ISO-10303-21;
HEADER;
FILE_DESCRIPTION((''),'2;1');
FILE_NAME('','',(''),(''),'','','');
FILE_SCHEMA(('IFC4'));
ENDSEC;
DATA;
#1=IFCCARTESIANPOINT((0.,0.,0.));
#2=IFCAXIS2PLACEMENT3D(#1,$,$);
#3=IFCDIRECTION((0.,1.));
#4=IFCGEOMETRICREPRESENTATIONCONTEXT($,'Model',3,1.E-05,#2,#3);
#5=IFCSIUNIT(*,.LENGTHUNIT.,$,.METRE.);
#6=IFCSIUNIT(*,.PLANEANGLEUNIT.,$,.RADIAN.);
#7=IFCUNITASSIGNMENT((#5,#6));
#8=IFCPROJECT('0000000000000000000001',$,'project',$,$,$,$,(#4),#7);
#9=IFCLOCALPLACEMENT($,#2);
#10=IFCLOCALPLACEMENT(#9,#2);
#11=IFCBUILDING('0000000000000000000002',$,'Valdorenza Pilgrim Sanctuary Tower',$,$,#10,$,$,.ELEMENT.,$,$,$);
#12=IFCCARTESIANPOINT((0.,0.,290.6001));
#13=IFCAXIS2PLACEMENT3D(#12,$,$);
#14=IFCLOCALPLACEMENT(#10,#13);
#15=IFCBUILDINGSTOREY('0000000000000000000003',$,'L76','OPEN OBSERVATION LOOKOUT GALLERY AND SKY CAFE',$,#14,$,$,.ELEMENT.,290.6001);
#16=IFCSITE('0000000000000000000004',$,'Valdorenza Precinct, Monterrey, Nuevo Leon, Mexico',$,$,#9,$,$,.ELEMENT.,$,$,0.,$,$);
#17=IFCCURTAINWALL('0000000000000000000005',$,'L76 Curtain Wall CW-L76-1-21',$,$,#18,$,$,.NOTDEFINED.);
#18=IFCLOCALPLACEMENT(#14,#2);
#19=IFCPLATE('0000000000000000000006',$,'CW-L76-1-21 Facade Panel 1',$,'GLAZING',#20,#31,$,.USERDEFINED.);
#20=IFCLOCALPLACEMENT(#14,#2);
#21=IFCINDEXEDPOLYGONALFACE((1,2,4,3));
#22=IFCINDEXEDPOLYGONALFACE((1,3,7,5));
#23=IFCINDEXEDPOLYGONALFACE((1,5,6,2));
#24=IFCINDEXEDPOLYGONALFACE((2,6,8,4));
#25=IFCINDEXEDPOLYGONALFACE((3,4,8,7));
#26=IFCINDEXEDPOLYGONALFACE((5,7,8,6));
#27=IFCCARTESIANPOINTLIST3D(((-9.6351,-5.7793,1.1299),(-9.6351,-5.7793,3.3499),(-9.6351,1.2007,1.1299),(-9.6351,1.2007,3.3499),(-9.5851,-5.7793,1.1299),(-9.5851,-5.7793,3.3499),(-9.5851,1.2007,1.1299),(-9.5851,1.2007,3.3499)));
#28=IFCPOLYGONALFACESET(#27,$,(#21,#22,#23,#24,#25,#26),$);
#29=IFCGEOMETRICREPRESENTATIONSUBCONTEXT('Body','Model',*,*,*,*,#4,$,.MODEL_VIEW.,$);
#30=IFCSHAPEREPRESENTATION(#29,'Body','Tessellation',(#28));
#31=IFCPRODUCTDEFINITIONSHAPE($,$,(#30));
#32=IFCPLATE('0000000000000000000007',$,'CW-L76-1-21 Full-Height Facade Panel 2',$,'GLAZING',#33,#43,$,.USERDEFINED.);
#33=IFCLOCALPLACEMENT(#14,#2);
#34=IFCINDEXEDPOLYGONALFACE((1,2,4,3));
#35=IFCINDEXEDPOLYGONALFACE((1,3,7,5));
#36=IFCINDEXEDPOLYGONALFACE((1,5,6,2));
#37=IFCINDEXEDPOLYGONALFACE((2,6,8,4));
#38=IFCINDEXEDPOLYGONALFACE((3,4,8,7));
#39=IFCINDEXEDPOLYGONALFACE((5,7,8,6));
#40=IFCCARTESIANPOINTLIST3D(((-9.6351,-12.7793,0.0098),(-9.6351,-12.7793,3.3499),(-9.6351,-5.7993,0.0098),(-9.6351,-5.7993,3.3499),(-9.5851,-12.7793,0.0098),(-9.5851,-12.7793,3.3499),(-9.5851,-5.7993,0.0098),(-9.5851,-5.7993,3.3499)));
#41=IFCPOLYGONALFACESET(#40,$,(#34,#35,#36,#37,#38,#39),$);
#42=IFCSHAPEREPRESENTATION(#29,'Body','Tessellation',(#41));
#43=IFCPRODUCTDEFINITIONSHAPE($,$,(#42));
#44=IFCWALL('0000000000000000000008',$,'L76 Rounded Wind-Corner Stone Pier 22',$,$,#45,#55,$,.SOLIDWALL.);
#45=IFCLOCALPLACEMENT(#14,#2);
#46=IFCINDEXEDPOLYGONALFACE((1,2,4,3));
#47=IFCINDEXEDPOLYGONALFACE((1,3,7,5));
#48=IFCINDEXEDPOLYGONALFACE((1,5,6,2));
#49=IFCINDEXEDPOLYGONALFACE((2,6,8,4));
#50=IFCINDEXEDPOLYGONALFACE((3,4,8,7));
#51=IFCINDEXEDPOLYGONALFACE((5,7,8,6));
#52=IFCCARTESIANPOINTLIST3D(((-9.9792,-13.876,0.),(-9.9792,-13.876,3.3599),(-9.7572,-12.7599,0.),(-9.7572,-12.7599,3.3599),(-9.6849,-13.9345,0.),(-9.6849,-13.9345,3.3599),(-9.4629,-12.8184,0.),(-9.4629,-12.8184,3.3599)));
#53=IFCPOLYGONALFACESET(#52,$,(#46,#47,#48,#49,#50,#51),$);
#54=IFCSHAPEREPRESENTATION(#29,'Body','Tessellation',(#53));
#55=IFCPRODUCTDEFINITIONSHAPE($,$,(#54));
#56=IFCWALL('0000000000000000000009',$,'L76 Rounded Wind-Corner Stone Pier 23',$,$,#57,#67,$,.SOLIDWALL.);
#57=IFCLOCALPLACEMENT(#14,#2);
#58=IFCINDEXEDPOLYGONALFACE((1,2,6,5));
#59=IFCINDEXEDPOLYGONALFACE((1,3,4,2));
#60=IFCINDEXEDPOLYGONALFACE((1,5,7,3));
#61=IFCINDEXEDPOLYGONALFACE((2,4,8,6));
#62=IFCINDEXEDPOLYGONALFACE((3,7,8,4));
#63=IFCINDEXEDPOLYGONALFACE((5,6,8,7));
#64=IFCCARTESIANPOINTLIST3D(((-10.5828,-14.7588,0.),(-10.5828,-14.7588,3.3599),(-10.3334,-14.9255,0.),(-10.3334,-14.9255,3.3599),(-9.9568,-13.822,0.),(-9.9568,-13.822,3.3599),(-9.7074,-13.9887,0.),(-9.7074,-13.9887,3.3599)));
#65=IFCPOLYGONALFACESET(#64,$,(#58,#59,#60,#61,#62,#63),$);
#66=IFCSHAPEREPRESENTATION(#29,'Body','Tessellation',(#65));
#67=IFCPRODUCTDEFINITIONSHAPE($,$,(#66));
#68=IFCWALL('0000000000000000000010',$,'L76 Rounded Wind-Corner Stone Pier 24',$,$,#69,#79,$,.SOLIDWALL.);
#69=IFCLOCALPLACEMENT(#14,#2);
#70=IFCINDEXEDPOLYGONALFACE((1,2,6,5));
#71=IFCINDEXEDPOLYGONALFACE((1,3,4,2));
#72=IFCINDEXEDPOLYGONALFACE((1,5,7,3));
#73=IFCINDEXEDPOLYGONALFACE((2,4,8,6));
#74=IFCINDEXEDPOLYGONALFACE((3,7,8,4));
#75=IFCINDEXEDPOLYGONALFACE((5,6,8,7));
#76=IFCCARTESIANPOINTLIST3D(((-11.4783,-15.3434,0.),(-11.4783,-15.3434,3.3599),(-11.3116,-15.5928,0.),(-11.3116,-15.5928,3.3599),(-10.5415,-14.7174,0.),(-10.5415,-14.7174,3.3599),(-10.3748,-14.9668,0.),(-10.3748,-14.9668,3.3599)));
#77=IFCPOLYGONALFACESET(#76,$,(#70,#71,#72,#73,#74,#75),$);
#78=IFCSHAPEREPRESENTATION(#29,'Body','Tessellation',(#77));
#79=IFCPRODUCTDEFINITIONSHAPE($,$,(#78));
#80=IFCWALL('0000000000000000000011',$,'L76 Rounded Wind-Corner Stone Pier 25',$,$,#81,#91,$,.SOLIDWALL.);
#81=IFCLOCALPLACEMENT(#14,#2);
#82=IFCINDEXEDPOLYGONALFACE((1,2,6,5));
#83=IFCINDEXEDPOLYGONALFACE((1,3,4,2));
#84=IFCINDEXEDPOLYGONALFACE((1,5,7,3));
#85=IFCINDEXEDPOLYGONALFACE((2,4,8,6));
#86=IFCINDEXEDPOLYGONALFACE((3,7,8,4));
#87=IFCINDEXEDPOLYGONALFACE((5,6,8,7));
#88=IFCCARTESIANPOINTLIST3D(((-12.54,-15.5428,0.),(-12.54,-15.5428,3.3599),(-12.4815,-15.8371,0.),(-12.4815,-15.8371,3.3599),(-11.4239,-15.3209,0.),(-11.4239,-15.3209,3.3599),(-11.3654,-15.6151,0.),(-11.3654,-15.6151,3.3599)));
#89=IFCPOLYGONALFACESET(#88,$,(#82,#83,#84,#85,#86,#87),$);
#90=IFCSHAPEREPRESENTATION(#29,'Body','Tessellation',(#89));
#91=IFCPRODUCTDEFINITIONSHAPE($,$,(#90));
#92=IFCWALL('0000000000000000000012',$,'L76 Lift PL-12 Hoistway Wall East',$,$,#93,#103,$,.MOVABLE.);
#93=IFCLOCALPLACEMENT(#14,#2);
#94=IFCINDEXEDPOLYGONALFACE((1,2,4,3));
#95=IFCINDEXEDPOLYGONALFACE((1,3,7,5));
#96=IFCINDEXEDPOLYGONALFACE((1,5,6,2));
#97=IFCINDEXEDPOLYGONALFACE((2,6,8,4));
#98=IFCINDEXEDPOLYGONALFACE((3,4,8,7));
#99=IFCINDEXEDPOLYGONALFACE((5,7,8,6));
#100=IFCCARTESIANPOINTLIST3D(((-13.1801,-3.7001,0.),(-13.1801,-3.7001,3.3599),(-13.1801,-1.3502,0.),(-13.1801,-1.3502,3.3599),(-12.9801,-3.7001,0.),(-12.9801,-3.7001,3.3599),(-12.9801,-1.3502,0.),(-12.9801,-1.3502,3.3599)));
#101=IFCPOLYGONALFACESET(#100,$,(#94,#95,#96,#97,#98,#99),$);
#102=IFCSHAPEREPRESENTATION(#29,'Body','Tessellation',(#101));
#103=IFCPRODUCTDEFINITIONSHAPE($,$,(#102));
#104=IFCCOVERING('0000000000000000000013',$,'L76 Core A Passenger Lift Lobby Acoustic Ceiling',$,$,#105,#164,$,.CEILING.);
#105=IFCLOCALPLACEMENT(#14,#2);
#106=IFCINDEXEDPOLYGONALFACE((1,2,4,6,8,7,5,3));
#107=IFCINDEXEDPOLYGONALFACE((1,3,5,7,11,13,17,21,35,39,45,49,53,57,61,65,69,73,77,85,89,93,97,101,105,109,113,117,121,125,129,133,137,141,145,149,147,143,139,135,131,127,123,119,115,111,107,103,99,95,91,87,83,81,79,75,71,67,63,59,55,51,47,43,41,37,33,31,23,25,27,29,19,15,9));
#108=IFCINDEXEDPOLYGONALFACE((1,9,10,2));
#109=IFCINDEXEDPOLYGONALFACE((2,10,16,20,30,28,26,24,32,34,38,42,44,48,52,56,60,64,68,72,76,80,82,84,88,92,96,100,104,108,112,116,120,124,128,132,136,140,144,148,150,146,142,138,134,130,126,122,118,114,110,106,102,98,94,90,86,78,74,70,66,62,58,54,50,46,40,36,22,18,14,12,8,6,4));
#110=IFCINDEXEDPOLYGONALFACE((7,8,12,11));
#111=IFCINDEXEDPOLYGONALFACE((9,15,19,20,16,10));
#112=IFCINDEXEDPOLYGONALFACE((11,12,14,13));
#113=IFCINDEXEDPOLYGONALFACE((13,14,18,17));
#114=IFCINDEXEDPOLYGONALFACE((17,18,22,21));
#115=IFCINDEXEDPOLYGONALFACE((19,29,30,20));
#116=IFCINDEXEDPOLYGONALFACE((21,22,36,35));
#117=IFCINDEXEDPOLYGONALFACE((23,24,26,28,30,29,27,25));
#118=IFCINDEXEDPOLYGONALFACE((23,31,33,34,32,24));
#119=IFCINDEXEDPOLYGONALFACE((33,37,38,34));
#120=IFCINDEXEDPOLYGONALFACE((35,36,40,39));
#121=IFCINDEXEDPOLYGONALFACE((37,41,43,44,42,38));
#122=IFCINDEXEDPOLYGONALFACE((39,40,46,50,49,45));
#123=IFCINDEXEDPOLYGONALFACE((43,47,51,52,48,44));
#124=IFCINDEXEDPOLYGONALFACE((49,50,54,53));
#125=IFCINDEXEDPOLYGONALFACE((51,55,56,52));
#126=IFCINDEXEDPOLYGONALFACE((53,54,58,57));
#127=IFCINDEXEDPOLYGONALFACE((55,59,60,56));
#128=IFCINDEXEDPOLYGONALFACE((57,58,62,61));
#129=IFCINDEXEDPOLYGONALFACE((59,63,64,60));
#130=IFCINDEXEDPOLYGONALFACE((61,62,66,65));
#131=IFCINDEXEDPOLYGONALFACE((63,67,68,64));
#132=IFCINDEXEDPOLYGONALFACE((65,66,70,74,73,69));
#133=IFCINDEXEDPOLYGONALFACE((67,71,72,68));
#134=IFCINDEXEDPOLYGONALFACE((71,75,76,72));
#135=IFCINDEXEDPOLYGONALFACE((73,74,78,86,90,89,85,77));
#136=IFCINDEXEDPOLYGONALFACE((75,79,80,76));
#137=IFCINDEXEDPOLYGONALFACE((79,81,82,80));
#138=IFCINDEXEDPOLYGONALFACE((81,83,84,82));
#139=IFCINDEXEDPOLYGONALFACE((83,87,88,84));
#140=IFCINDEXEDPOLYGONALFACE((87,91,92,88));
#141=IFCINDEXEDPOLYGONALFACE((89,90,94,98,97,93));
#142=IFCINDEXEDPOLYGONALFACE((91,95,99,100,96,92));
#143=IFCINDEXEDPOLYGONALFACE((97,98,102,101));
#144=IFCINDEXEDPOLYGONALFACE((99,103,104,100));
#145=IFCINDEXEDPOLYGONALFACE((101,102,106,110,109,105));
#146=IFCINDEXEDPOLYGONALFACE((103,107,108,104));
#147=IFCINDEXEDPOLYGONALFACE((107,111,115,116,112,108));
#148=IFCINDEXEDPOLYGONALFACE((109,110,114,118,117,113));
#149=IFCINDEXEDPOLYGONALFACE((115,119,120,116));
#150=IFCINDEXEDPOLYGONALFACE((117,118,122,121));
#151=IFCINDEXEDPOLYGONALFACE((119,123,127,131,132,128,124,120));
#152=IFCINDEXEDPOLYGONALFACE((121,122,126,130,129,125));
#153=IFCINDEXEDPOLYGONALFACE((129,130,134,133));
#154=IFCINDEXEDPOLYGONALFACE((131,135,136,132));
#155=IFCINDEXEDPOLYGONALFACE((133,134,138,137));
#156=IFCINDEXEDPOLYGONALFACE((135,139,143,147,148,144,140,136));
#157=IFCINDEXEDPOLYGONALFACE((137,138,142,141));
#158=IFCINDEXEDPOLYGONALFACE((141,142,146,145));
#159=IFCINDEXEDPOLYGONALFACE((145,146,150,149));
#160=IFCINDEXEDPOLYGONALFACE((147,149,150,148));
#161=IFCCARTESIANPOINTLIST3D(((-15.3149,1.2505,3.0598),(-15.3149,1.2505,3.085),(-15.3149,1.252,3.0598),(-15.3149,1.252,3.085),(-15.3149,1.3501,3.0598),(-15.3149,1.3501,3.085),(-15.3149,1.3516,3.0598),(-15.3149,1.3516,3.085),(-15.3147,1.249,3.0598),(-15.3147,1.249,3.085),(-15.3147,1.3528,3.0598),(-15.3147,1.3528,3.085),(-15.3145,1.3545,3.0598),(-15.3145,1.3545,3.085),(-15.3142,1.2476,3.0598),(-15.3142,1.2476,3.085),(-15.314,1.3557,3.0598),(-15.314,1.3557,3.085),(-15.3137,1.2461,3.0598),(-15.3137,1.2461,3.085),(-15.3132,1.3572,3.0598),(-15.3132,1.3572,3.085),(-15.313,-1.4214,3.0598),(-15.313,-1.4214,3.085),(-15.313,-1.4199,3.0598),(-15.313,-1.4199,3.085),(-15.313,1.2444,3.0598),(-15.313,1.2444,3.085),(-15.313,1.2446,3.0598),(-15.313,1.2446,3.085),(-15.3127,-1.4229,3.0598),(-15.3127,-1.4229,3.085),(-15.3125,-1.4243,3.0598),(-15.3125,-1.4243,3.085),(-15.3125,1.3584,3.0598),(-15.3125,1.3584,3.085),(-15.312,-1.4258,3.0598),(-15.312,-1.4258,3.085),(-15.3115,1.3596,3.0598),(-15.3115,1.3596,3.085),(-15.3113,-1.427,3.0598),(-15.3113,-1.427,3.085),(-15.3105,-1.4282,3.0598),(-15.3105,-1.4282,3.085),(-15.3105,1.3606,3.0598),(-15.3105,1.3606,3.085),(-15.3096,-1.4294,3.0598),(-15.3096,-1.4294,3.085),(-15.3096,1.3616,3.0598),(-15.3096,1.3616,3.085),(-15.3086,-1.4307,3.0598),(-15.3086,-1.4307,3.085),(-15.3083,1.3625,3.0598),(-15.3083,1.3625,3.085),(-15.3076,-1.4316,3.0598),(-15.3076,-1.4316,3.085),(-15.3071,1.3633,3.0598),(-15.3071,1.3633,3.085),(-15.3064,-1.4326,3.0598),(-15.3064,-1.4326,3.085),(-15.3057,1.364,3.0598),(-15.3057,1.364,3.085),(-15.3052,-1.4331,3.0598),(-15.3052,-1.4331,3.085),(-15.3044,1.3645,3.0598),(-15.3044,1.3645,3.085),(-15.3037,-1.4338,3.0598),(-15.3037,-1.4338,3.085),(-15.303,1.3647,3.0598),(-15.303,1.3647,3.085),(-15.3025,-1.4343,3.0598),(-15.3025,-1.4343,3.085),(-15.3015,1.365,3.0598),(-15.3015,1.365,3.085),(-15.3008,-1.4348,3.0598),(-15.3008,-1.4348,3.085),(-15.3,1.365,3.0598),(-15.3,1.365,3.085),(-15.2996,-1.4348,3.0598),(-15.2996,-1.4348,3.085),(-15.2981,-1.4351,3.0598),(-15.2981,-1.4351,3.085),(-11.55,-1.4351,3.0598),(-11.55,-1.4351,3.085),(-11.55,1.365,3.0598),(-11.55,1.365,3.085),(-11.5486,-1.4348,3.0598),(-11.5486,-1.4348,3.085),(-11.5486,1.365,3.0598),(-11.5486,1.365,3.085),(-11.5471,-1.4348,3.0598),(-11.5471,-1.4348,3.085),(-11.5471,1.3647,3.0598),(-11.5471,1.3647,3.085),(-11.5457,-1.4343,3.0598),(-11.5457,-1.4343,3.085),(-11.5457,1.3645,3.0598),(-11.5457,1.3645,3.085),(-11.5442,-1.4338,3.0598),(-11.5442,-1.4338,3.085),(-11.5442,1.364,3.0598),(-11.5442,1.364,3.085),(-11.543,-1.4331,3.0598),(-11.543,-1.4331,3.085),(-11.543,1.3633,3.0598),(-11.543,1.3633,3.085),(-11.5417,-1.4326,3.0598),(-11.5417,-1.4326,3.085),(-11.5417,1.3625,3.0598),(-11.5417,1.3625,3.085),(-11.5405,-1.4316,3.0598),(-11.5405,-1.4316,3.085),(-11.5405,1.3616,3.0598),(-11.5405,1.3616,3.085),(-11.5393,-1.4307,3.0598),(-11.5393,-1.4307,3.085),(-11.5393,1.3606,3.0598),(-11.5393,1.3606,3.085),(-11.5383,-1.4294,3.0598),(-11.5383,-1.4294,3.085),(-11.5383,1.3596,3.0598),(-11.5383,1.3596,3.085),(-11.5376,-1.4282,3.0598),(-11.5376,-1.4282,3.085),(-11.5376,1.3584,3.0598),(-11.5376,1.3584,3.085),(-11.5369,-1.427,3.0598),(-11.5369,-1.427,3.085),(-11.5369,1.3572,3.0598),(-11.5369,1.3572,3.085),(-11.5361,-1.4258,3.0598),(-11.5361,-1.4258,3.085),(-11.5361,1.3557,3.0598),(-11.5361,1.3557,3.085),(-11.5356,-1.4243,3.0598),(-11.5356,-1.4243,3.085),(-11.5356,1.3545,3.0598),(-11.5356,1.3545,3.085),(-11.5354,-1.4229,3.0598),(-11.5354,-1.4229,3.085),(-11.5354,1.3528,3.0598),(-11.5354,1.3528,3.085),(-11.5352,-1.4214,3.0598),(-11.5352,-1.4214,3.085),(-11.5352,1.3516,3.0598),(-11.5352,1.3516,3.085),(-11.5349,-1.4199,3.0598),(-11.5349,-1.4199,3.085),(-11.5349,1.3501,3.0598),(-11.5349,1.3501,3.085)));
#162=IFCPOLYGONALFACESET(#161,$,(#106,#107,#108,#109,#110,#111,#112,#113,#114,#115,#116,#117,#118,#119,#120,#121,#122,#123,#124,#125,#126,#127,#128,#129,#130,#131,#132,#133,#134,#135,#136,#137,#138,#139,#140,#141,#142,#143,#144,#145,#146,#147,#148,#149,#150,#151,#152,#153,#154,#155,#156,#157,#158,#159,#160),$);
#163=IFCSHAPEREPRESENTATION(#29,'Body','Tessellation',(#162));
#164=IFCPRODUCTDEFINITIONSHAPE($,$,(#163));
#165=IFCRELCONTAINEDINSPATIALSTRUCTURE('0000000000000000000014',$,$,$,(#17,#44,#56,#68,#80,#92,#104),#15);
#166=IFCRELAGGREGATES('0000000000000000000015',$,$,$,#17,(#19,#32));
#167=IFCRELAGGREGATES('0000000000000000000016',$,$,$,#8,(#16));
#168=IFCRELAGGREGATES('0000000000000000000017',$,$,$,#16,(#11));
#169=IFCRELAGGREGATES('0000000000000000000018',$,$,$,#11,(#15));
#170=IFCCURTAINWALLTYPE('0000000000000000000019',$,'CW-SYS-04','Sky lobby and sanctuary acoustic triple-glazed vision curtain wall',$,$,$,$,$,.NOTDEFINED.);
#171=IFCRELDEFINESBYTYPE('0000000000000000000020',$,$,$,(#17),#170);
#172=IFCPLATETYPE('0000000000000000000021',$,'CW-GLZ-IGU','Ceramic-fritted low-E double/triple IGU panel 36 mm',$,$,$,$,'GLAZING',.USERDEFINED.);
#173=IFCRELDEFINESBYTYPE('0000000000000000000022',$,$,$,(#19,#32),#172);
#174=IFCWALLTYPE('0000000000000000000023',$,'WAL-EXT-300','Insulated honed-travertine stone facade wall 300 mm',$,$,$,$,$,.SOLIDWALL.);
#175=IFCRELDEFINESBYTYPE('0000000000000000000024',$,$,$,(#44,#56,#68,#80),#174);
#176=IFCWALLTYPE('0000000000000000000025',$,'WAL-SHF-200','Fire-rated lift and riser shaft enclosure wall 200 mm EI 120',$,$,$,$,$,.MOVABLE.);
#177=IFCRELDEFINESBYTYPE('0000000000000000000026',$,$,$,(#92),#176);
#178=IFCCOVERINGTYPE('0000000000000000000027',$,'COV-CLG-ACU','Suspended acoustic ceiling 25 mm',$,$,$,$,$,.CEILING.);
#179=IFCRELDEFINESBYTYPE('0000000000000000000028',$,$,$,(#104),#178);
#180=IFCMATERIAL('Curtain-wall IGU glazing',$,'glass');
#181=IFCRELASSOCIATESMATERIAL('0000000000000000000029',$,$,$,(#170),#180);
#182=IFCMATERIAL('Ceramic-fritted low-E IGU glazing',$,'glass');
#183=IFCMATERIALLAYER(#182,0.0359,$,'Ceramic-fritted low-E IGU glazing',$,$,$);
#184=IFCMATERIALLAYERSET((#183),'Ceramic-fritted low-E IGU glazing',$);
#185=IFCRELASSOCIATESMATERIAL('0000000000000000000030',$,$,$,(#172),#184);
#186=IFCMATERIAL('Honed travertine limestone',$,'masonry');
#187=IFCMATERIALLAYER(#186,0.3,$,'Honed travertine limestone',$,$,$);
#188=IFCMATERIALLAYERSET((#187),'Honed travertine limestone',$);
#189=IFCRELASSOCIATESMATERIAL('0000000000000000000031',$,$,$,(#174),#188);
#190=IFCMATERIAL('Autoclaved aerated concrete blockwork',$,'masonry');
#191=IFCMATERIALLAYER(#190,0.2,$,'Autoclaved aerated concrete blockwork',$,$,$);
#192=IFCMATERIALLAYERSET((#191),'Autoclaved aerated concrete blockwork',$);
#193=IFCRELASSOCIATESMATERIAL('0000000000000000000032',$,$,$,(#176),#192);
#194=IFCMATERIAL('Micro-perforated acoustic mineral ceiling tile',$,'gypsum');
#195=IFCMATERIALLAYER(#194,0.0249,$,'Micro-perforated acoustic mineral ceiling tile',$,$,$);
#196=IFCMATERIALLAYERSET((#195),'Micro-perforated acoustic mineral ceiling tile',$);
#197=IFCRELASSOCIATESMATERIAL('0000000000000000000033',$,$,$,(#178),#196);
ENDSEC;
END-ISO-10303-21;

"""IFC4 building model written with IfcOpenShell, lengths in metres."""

from ifc_helpers import new_model, si_unit, direction, frame, frame_2d, origin, origin_2d, place, context, subcontext, project, spatial, polyline, rectangle, outline, extrude, source, transform, mapped, material, layer, layer_set, type_object, element, aggregate, save


model = new_model("IFC4")

# Units and contexts
model_context = context("Model", 3, precision=1e-05, world=origin(), true_north=direction((0.0, 1.0)))
body_context = subcontext(model_context, "Body", "Model", "MODEL_VIEW")
ifc_project = project(units=[si_unit("LENGTHUNIT", "METRE"), si_unit("PLANEANGLEUNIT", "RADIAN")], contexts=[model_context])

# Site, building, storey
site_placement = place(None, origin())
site = spatial("IfcSite", under=ifc_project, at=site_placement, Name="Valdorenza Precinct, Monterrey, Nuevo Leon, Mexico", CompositionType="ELEMENT", RefElevation=0.0)
building_placement = place(site_placement, origin())
building = spatial("IfcBuilding", under=site, at=building_placement, Name="Valdorenza Pilgrim Sanctuary Tower", CompositionType="ELEMENT")
storey_placement = place(building_placement, frame((0.0, 0.0, 290.6001)))
storey = spatial("IfcBuildingStorey", under=building, at=storey_placement, Name="L76", Description="OPEN OBSERVATION LOOKOUT GALLERY AND SKY CAFE", CompositionType="ELEMENT", Elevation=290.6001)

# Curtain wall
ifc_material_1 = material(Name="Curtain-wall IGU glazing", Category="glass")
curtain_wall_type = type_object("IfcCurtainWallType", Name="CW-SYS-04", Description="Sky lobby and sanctuary acoustic triple-glazed vision curtain wall", PredefinedType="NOTDEFINED", material=ifc_material_1)
curtain_wall_1_placement = place(storey_placement, origin())
curtain_wall_1 = element("IfcCurtainWall", 1, at=curtain_wall_1_placement, inside=storey, type_object=curtain_wall_type, Name="L76 Curtain Wall CW-L76-1-21", PredefinedType="NOTDEFINED")

# Plates
ifc_material_2 = material(Name="Honed travertine limestone", Category="masonry")
ifc_material_3 = material(Name="Ceramic-fritted low-E IGU glazing", Category="glass")
ifc_layer_1 = layer(ifc_material_3, 0.0359, Name="Ceramic-fritted low-E IGU glazing")
ifc_layer_set_1 = layer_set([ifc_layer_1], Name="Ceramic-fritted low-E IGU glazing")
plate_type_1 = type_object("IfcPlateType", Name="CW-GLZ-IGU", Description="Ceramic-fritted low-E double/triple IGU panel 36 mm", ElementType="GLAZING", PredefinedType="USERDEFINED", material=ifc_layer_set_1)
shared_shape_1 = source(origin(), body_context, "Body", "SweptSolid", [
    extrude(rectangle(XDim=6.98, YDim=0.05, at=origin_2d()), origin(), (0.0, 0.0, 1.0), 2.22),
])
plate_1_placement = place(storey_placement, frame((-9.6101, -2.2893, 1.1299), z_axis=(0.0, 0.0, 1.0), x_axis=(0.0, -1.0, 0.0)))
plate_1 = element("IfcPlate", 2, at=plate_1_placement, type_object=plate_type_1, Name="CW-L76-1-21 Facade Panel 1", ObjectType="GLAZING", PredefinedType="USERDEFINED", context=body_context, shape_type="MappedRepresentation", body=[
    mapped(shared_shape_1, transform((0.0, 0.0, 0.0), x_axis=(1.0, 0.0, 0.0), y_axis=(0.0, 1.0, 0.0), z_axis=(0.0, 0.0, 1.0), scale=1.0)),
])
shared_shape_2 = source(origin(), body_context, "Body", "SweptSolid", [
    extrude(rectangle(XDim=6.98, YDim=0.05, at=origin_2d()), origin(), (0.0, 0.0, 1.0), 3.3401),
])
plate_2_placement = place(storey_placement, frame((-9.6101, -9.2893, 0.0098), z_axis=(0.0, 0.0, 1.0), x_axis=(0.0, -1.0, 0.0)))
plate_2 = element("IfcPlate", 3, at=plate_2_placement, type_object=plate_type_1, Name="CW-L76-1-21 Full-Height Facade Panel 2", ObjectType="GLAZING", PredefinedType="USERDEFINED", context=body_context, shape_type="MappedRepresentation", body=[
    mapped(shared_shape_2, transform((0.0, 0.0, 0.0), x_axis=(1.0, 0.0, 0.0), y_axis=(0.0, 1.0, 0.0), z_axis=(0.0, 0.0, 1.0), scale=1.0)),
])
aggregate(curtain_wall_1, [plate_1, plate_2])

# Walls
ifc_layer_2 = layer(ifc_material_2, 0.3, Name="Honed travertine limestone")
ifc_layer_set_2 = layer_set([ifc_layer_2], Name="Honed travertine limestone")
wall_type_1 = type_object("IfcWallType", Name="WAL-EXT-300", Description="Insulated honed-travertine stone facade wall 300 mm", PredefinedType="SOLIDWALL", material=ifc_layer_set_2)
wall_1_placement = place(storey_placement, frame((-9.6101, -12.7893, 0.0), z_axis=(0.0, 0.0, 1.0), x_axis=(-0.195043, -0.980795, 0.0)))
element("IfcWall", 4, at=wall_1_placement, inside=storey, type_object=wall_type_1, Name="L76 Rounded Wind-Corner Stone Pier 22", PredefinedType="SOLIDWALL", context=body_context, shape_type="SweptSolid", body=[
    extrude(rectangle(XDim=1.1379, YDim=0.3, at=frame_2d((0.5688, 0.0))), origin(), (0.0, 0.0, 1.0), 3.3599),
])
for number, where, z_axis, x_axis, name in (
    (5, (-9.832, -13.9053, 0.0), (0.0, 0.0, 1.0), (-0.5556, -0.83145, 0.0), "L76 Rounded Wind-Corner Stone Pier 23"),
    (6, (-10.458, -14.842, 0.0), (0.0, 0.0, 1.0), (-0.83145, -0.5556, 0.0), "L76 Rounded Wind-Corner Stone Pier 24"),
):
    element("IfcWall", number, at=place(storey_placement, frame(where, z_axis=z_axis, x_axis=x_axis)), inside=storey, type_object=wall_type_1, Name=name, PredefinedType="SOLIDWALL", context=body_context, shape_type="SweptSolid", body=[
        extrude(rectangle(XDim=1.1267, YDim=0.3, at=frame_2d((0.5635, 0.0))), origin(), (0.0, 0.0, 1.0), 3.3599),
    ])
wall_2_placement = place(storey_placement, frame((-11.3948, -15.468, 0.0), z_axis=(0.0, 0.0, 1.0), x_axis=(-0.980795, -0.195043, 0.0)))
element("IfcWall", 7, at=wall_2_placement, inside=storey, type_object=wall_type_1, Name="L76 Rounded Wind-Corner Stone Pier 25", PredefinedType="SOLIDWALL", context=body_context, shape_type="SweptSolid", body=[
    extrude(rectangle(XDim=1.1379, YDim=0.3, at=frame_2d((0.5688, 0.0))), origin(), (0.0, 0.0, 1.0), 3.3599),
])
ifc_material_4 = material(Name="Autoclaved aerated concrete blockwork", Category="masonry")
ifc_layer_3 = layer(ifc_material_4, 0.2, Name="Autoclaved aerated concrete blockwork")
ifc_layer_set_3 = layer_set([ifc_layer_3], Name="Autoclaved aerated concrete blockwork")
wall_type_2 = type_object("IfcWallType", Name="WAL-SHF-200", Description="Fire-rated lift and riser shaft enclosure wall 200 mm EI 120", PredefinedType="MOVABLE", material=ifc_layer_set_3)
wall_3_placement = place(storey_placement, frame((-13.0801, -3.7, 0.0), z_axis=(0.0, 0.0, 1.0), x_axis=(0.0, 1.0, 0.0)))
element("IfcWall", 8, at=wall_3_placement, inside=storey, type_object=wall_type_2, Name="L76 Lift PL-12 Hoistway Wall East", PredefinedType="MOVABLE", context=body_context, shape_type="SweptSolid", body=[
    extrude(rectangle(XDim=2.3499, YDim=0.2, at=frame_2d((1.1748, 0.0))), origin(), (0.0, 0.0, 1.0), 3.3599),
])

# Covering
ifc_material_5 = material(Name="Micro-perforated acoustic mineral ceiling tile", Category="gypsum")
ifc_layer_4 = layer(ifc_material_5, 0.0249, Name="Micro-perforated acoustic mineral ceiling tile")
ifc_layer_set_4 = layer_set([ifc_layer_4], Name="Micro-perforated acoustic mineral ceiling tile")
covering_type_1 = type_object("IfcCoveringType", Name="COV-CLG-ACU", Description="Suspended acoustic ceiling 25 mm", PredefinedType="CEILING", material=ifc_layer_set_4)
covering_1_placement = place(storey_placement, frame((0.0, 0.0, 3.0598)))
element("IfcCovering", 9, at=covering_1_placement, inside=storey, type_object=covering_type_1, Name="L76 Core A Passenger Lift Lobby Acoustic Ceiling", PredefinedType="CEILING", context=body_context, shape_type="SweptSolid", body=[
    extrude(outline(polyline([(-15.3149, 1.3501), (-15.3149, 1.3516), (-15.3147, 1.3528), (-15.3145, 1.3545), (-15.314, 1.3557), (-15.3132, 1.3572), (-15.3125, 1.3584), (-15.3115, 1.3596), (-15.3105, 1.3606), (-15.3096, 1.3616), (-15.3083, 1.3625), (-15.3071, 1.3633), (-15.3057, 1.364), (-15.3044, 1.3645), (-15.303, 1.3647), (-15.3015, 1.365), (-15.3, 1.365), (-11.55, 1.365), (-11.5486, 1.365), (-11.5471, 1.3647), (-11.5457, 1.3645), (-11.5442, 1.364), (-11.543, 1.3633), (-11.5417, 1.3625), (-11.5405, 1.3616), (-11.5393, 1.3606), (-11.5383, 1.3596), (-11.5376, 1.3584), (-11.5369, 1.3572), (-11.5361, 1.3557), (-11.5356, 1.3545), (-11.5354, 1.3528), (-11.5352, 1.3516), (-11.5349, 1.3501), (-11.5349, -1.4199), (-11.5352, -1.4214), (-11.5354, -1.4229), (-11.5356, -1.4243), (-11.5361, -1.4258), (-11.5369, -1.427), (-11.5376, -1.4282), (-11.5383, -1.4294), (-11.5393, -1.4307), (-11.5405, -1.4316), (-11.5417, -1.4326), (-11.543, -1.4331), (-11.5442, -1.4338), (-11.5457, -1.4343), (-11.5471, -1.4348), (-11.5486, -1.4348), (-11.55, -1.4351), (-15.2981, -1.4351), (-15.2996, -1.4348), (-15.3008, -1.4348), (-15.3025, -1.4343), (-15.3037, -1.4338), (-15.3052, -1.4331), (-15.3064, -1.4326), (-15.3076, -1.4316), (-15.3086, -1.4307), (-15.3096, -1.4294), (-15.3105, -1.4282), (-15.3113, -1.427), (-15.312, -1.4258), (-15.3125, -1.4243), (-15.3127, -1.4229), (-15.313, -1.4214), (-15.313, -1.4199), (-15.313, 1.2444), (-15.313, 1.2446), (-15.3137, 1.2461), (-15.3142, 1.2476), (-15.3147, 1.249), (-15.3149, 1.2505), (-15.3149, 1.252), (-15.3149, 1.3501)])), origin(), (0.0, 0.0, 1.0), 0.0251),
])

save(model, "model.ifc")
